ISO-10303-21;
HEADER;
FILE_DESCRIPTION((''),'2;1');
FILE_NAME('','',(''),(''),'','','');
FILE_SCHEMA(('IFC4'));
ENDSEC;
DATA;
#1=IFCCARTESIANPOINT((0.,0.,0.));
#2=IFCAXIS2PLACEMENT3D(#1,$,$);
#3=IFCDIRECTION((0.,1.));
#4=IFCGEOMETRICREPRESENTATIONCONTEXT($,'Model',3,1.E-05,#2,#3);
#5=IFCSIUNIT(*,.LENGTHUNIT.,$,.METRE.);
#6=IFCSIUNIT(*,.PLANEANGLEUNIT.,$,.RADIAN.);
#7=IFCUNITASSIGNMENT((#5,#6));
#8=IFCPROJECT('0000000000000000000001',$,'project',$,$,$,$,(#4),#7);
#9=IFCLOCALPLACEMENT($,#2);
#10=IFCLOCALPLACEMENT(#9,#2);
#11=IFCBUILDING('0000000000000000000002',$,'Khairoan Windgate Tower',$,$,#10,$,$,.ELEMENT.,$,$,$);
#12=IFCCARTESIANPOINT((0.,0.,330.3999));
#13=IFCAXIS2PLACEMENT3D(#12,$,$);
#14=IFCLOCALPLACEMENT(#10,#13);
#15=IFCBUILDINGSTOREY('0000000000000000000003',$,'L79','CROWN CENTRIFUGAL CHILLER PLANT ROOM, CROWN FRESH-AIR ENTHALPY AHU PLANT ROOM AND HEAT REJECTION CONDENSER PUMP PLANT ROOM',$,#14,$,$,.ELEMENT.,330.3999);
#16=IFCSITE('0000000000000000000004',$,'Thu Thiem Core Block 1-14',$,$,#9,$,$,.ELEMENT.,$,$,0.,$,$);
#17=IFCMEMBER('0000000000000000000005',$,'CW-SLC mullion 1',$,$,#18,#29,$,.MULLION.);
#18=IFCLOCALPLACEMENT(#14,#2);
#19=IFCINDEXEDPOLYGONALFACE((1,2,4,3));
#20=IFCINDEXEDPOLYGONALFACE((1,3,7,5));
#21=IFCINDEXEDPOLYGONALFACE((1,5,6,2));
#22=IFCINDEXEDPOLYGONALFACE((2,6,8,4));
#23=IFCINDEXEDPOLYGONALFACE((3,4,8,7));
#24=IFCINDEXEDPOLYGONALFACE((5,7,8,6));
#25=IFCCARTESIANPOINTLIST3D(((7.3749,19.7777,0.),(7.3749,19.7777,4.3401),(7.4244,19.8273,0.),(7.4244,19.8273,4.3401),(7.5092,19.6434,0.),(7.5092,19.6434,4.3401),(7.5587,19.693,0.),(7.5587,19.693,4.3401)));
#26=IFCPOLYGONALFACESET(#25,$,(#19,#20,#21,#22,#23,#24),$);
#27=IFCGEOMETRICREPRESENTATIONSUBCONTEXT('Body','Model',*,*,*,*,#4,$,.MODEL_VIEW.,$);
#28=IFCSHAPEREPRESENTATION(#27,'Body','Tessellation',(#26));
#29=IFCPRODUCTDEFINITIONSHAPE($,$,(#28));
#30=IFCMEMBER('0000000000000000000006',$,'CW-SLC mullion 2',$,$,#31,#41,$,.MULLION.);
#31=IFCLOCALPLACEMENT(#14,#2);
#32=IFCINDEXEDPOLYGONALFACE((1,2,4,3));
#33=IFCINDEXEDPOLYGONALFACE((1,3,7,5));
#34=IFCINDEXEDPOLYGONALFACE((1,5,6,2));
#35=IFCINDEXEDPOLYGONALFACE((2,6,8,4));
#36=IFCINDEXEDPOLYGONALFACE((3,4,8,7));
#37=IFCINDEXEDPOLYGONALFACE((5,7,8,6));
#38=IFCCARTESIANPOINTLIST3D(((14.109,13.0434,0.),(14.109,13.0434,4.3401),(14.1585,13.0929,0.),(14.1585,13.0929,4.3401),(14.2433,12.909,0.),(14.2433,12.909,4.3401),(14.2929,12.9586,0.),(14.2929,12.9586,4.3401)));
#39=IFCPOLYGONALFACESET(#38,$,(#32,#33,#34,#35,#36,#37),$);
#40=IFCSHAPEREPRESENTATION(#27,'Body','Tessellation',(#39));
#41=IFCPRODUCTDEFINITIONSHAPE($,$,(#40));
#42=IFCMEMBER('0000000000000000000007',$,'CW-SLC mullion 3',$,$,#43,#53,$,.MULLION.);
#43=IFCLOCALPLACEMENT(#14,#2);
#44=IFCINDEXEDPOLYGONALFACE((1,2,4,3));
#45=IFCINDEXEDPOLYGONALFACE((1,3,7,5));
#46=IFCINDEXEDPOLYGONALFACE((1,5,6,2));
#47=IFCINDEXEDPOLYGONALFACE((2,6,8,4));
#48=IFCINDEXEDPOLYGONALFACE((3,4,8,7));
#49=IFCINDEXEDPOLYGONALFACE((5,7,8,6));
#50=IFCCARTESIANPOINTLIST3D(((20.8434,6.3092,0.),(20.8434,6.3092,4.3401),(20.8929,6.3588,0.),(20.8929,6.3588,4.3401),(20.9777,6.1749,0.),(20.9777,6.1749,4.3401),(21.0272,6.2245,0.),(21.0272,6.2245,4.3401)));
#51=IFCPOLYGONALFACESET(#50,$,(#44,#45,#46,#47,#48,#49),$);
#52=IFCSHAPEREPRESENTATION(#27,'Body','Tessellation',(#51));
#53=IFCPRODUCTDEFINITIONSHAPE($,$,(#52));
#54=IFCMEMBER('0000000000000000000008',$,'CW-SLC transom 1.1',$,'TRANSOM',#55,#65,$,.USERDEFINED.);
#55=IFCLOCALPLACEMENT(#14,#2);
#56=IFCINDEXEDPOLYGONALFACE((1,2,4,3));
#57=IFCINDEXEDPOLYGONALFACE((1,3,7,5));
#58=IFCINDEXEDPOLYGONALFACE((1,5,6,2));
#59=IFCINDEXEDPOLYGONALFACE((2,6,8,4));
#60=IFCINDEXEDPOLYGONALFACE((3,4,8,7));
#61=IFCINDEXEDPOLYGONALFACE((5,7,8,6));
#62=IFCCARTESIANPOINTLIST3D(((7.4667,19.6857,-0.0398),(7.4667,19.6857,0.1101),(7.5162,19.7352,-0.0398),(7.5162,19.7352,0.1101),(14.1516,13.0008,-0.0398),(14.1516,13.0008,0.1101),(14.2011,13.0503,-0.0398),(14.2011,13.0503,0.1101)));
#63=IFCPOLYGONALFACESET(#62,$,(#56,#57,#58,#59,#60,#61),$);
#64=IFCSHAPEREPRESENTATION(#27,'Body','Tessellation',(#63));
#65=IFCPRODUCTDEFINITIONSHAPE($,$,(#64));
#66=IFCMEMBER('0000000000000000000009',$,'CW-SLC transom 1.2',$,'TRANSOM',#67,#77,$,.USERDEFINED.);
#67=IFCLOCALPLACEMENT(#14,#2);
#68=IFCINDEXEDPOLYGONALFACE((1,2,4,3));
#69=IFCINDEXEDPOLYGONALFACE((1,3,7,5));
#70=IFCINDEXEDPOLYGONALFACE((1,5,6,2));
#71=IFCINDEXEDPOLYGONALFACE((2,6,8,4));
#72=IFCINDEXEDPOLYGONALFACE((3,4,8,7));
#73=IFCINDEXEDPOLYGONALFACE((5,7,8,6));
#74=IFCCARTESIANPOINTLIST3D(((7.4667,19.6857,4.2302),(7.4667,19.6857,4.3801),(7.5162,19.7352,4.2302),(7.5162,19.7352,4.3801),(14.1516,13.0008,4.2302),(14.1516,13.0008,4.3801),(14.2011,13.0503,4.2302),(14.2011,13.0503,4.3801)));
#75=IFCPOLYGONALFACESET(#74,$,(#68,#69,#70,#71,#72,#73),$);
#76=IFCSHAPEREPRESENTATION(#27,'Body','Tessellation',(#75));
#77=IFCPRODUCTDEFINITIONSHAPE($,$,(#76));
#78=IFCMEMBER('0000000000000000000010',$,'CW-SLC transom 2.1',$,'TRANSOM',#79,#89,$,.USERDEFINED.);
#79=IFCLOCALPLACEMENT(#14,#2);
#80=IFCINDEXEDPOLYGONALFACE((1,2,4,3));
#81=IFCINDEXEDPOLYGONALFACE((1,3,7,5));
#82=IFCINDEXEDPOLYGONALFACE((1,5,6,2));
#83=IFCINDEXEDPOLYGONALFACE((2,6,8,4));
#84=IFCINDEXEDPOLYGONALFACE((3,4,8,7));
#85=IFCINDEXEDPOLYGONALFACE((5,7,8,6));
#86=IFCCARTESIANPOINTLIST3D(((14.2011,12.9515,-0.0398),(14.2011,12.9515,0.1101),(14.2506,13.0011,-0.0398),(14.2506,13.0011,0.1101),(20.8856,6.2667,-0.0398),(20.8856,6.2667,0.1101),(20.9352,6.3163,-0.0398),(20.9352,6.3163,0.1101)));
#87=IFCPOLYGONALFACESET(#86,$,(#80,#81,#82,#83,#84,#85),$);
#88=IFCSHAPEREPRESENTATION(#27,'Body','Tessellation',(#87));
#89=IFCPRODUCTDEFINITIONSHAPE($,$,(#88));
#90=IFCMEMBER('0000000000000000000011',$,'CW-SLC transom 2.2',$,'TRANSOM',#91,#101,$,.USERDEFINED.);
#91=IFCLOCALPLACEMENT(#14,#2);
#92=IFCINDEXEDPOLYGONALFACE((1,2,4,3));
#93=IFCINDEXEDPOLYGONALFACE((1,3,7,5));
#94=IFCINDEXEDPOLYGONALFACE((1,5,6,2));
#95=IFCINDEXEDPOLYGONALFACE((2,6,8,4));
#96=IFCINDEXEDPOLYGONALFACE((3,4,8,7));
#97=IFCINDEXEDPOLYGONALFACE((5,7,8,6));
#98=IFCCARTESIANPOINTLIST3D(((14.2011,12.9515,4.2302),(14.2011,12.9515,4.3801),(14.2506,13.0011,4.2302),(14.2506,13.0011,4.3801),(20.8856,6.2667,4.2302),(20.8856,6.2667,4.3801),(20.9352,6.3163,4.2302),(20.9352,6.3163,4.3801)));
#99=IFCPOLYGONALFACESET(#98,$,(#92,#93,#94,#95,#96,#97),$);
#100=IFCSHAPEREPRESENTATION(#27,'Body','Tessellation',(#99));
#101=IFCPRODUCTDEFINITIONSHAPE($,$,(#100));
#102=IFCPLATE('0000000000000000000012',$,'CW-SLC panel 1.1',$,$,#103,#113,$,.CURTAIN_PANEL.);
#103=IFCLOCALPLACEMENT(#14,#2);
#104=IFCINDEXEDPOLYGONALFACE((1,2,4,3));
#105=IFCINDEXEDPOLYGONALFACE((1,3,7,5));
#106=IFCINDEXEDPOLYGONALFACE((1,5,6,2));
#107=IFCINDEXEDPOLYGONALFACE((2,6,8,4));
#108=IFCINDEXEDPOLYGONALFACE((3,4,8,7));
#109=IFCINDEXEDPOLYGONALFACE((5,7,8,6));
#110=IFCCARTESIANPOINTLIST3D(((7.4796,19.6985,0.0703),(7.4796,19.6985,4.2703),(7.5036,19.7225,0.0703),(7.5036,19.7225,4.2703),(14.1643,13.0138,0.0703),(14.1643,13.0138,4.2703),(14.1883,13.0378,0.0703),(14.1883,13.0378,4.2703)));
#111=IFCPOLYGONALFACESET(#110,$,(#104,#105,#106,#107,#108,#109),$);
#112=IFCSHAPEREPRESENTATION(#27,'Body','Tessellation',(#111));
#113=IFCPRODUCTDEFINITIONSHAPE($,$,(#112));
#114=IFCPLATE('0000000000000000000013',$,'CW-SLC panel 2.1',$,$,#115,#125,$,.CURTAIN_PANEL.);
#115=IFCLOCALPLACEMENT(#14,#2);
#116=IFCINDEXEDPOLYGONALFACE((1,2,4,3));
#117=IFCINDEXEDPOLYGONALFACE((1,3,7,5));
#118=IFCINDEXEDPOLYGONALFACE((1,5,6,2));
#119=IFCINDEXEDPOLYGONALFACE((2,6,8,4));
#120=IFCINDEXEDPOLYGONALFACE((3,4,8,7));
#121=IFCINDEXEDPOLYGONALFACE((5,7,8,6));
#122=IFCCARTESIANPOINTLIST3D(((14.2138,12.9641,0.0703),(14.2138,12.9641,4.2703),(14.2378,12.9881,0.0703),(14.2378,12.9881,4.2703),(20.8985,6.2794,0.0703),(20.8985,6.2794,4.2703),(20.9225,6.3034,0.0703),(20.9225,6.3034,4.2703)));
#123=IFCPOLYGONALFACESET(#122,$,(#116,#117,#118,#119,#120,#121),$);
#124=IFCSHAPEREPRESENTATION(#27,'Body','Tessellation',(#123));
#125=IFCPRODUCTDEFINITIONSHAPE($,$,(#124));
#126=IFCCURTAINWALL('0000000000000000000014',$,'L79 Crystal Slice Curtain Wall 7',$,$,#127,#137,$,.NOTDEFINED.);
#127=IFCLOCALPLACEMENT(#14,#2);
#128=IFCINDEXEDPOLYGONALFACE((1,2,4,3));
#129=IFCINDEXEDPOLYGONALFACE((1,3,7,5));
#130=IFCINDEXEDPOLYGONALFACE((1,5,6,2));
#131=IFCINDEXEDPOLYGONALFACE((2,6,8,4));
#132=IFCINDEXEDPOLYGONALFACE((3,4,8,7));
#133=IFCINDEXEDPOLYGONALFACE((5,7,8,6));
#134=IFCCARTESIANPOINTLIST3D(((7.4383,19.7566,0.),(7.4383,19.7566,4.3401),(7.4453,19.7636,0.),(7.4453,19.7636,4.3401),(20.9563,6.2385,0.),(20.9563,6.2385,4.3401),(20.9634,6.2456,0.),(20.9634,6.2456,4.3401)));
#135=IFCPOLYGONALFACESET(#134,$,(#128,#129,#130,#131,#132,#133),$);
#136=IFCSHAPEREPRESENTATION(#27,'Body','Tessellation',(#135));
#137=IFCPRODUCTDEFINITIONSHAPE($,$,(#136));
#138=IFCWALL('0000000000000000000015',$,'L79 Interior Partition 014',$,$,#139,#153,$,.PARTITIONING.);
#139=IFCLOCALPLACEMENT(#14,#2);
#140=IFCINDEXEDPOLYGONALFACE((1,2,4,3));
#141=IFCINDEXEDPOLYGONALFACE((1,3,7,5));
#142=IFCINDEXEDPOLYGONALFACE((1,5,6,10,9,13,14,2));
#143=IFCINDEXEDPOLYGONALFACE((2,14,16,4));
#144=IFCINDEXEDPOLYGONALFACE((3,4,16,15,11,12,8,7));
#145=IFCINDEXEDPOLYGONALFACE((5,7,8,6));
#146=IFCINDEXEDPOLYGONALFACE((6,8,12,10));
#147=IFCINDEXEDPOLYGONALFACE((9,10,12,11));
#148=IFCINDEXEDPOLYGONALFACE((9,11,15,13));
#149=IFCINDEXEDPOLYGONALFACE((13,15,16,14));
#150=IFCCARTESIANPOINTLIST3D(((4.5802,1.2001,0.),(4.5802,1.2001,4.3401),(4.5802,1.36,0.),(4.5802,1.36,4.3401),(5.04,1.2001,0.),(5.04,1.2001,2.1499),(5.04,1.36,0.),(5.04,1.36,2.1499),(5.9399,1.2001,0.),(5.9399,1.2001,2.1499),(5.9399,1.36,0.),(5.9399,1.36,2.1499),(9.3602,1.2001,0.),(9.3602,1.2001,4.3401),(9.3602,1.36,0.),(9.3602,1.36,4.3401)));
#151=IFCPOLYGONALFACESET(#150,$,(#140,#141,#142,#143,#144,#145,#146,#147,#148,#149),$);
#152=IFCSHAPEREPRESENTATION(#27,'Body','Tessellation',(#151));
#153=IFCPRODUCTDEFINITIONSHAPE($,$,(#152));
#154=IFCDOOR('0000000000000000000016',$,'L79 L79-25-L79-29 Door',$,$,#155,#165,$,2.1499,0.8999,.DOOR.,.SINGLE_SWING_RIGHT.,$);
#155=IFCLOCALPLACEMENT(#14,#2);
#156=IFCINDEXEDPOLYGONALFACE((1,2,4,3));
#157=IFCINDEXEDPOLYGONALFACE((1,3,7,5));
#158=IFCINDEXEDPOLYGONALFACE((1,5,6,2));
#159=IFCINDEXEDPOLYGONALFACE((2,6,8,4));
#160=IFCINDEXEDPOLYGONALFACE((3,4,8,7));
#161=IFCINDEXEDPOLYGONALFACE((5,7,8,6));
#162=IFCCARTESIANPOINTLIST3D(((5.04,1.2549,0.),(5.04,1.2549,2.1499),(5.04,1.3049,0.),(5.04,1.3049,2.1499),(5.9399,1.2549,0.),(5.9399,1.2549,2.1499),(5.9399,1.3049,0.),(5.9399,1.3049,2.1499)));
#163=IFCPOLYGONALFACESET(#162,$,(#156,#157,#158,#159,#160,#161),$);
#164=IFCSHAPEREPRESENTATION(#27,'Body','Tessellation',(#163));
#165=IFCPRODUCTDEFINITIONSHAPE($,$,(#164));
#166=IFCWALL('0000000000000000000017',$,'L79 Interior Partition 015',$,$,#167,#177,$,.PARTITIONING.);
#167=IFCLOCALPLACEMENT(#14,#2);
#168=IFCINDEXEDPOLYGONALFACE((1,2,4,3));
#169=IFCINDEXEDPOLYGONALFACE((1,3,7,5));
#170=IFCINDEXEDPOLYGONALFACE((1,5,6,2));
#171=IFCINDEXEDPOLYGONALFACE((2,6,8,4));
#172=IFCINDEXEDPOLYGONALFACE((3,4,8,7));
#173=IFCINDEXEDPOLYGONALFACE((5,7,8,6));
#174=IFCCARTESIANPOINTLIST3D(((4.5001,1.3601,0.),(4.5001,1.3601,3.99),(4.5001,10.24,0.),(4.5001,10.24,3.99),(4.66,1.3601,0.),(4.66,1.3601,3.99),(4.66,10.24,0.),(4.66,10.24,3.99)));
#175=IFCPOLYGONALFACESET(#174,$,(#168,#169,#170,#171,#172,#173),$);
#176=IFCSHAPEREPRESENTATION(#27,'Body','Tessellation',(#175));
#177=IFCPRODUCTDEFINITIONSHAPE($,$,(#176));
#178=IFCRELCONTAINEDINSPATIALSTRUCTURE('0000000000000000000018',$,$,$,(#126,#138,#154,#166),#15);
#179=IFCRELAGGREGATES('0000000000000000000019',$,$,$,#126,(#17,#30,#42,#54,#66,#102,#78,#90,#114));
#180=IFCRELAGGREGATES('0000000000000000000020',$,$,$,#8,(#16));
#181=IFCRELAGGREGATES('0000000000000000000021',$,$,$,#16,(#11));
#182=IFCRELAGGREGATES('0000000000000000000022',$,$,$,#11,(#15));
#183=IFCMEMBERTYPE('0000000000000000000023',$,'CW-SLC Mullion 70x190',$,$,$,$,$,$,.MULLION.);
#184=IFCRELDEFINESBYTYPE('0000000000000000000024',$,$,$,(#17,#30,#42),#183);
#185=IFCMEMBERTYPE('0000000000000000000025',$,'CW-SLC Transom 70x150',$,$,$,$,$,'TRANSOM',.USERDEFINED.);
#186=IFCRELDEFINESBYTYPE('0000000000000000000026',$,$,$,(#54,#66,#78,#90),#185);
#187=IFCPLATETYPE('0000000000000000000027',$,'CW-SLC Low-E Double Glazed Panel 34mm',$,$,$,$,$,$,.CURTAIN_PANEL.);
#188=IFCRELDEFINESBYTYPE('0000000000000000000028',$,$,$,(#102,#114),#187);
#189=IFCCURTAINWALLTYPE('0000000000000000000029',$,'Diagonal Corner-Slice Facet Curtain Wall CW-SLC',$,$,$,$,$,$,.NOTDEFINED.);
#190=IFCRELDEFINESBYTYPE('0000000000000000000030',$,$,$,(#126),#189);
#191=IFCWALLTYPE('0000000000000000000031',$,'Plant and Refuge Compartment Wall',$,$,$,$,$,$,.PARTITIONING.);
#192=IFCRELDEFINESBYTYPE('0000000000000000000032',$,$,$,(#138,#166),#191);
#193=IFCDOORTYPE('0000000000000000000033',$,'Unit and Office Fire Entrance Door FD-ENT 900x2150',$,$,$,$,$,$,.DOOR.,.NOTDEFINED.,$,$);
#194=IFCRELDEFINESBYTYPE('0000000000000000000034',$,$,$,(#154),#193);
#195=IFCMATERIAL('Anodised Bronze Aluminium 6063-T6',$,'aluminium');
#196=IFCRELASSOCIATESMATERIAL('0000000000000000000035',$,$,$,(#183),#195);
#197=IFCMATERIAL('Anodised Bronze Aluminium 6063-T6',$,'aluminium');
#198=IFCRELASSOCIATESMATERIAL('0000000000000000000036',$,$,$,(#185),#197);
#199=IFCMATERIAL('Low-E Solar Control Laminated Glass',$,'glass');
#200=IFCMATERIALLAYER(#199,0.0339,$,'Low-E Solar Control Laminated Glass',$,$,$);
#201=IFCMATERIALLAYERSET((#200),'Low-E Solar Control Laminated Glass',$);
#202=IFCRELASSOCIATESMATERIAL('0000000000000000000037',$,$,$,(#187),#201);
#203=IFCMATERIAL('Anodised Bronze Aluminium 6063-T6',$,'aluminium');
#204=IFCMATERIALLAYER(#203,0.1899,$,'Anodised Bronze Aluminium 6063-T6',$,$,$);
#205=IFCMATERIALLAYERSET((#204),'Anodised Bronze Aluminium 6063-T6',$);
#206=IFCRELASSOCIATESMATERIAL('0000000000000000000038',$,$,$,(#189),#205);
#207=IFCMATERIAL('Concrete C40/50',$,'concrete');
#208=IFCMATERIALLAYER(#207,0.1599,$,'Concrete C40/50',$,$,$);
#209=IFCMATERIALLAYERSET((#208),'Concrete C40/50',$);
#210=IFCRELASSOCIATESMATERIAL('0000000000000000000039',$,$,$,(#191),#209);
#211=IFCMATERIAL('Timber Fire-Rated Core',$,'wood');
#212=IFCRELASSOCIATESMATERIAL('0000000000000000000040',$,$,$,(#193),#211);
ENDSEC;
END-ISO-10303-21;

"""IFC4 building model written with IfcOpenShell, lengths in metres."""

from ifc_helpers import new_model, si_unit, direction, frame, frame_2d, origin, origin_2d, place, context, subcontext, project, spatial, rectangle, extrude, material, layer, layer_set, material_profile, profile_set, type_object, element, fill, aggregate, save


model = new_model("IFC4")

# Units and contexts
model_context = context("Model", 3, precision=1e-05, world=origin(), true_north=direction((0.0, 1.0)))
body_context = subcontext(model_context, "Body", "Model", "MODEL_VIEW")
ifc_project = project(units=[si_unit("LENGTHUNIT", "METRE"), si_unit("PLANEANGLEUNIT", "RADIAN")], contexts=[model_context])

# Site, building, storey
site_placement = place(None, origin())
site = spatial("IfcSite", under=ifc_project, at=site_placement, Name="Thu Thiem Core Block 1-14", CompositionType="ELEMENT", RefElevation=0.0)
building_placement = place(site_placement, origin())
building = spatial("IfcBuilding", under=site, at=building_placement, Name="Khairoan Windgate Tower", CompositionType="ELEMENT")
storey_placement = place(building_placement, frame((0.0, 0.0, 330.3999)))
storey = spatial("IfcBuildingStorey", under=building, at=storey_placement, Name="L79", Description="CROWN CENTRIFUGAL CHILLER PLANT ROOM, CROWN FRESH-AIR ENTHALPY AHU PLANT ROOM AND HEAT REJECTION CONDENSER PUMP PLANT ROOM", CompositionType="ELEMENT", Elevation=330.3999)

# Members
ifc_material_1 = material(Name="Anodised Bronze Aluminium 6063-T6", Category="aluminium")
ifc_material_profile_1 = material_profile(ifc_material_1, rectangle(XDim=0.0701, YDim=0.1899, at=origin_2d()))
ifc_profile_set_1 = profile_set([ifc_material_profile_1], Name="Anodised Bronze Aluminium 6063-T6")
member_type_1 = type_object("IfcMemberType", Name="CW-SLC Mullion 70x190", PredefinedType="MULLION", material=ifc_profile_set_1)
member_1_placement = place(storey_placement, frame((7.4668, 19.7354, 0.0), z_axis=(0.0, 0.0, 1.0), x_axis=(0.707107, 0.707107, 0.0)))
member_1 = element("IfcMember", 1, at=member_1_placement, type_object=member_type_1, Name="CW-SLC mullion 1", PredefinedType="MULLION", context=body_context, shape_type="SweptSolid", body=[
    extrude(rectangle(XDim=0.0701, YDim=0.1899, at=origin_2d()), origin(), (0.0, 0.0, 1.0), 4.3401),
])
member_2_placement = place(storey_placement, frame((14.2009, 13.001, 0.0), z_axis=(0.0, 0.0, 1.0), x_axis=(0.707107, 0.707107, 0.0)))
member_2 = element("IfcMember", 2, at=member_2_placement, type_object=member_type_1, Name="CW-SLC mullion 2", PredefinedType="MULLION", context=body_context, shape_type="SweptSolid", body=[
    extrude(rectangle(XDim=0.0701, YDim=0.1899, at=origin_2d()), origin(), (0.0, 0.0, 1.0), 4.3401),
])
member_3_placement = place(storey_placement, frame((20.9353, 6.2668, 0.0), z_axis=(0.0, 0.0, 1.0), x_axis=(0.707107, 0.707107, 0.0)))
member_3 = element("IfcMember", 3, at=member_3_placement, type_object=member_type_1, Name="CW-SLC mullion 3", PredefinedType="MULLION", context=body_context, shape_type="SweptSolid", body=[
    extrude(rectangle(XDim=0.0701, YDim=0.1899, at=origin_2d()), origin(), (0.0, 0.0, 1.0), 4.3401),
])
ifc_material_2 = material(Name="Anodised Bronze Aluminium 6063-T6", Category="aluminium")
ifc_material_profile_2 = material_profile(ifc_material_2, rectangle(XDim=0.0701, YDim=0.1499, at=origin_2d()))
ifc_profile_set_2 = profile_set([ifc_material_profile_2], Name="Anodised Bronze Aluminium 6063-T6")
member_type_2 = type_object("IfcMemberType", Name="CW-SLC Transom 70x150", ElementType="TRANSOM", PredefinedType="USERDEFINED", material=ifc_profile_set_2)
member_4_placement = place(storey_placement, frame((7.4915, 19.7104, 0.0352), z_axis=(0.707107, -0.707107, 0.0), x_axis=(0.707107, 0.707107, 0.0)))
member_4 = element("IfcMember", 4, at=member_4_placement, type_object=member_type_2, Name="CW-SLC transom 1.1", ObjectType="TRANSOM", PredefinedType="USERDEFINED", context=body_context, shape_type="SweptSolid", body=[
    extrude(rectangle(XDim=0.0701, YDim=0.1499, at=origin_2d()), origin(), (0.0, 0.0, 1.0), 9.4539),
])
member_5_placement = place(storey_placement, frame((7.4915, 19.7104, 4.3052), z_axis=(0.707107, -0.707107, 0.0), x_axis=(0.707107, 0.707107, 0.0)))
member_5 = element("IfcMember", 5, at=member_5_placement, type_object=member_type_2, Name="CW-SLC transom 1.2", ObjectType="TRANSOM", PredefinedType="USERDEFINED", context=body_context, shape_type="SweptSolid", body=[
    extrude(rectangle(XDim=0.0701, YDim=0.1499, at=origin_2d()), origin(), (0.0, 0.0, 1.0), 9.4539),
])
member_6_placement = place(storey_placement, frame((14.2258, 12.9763, 0.0352), z_axis=(0.707094, -0.70712, 0.0), x_axis=(0.70712, 0.707094, 0.0)))
member_6 = element("IfcMember", 6, at=member_6_placement, type_object=member_type_2, Name="CW-SLC transom 2.1", ObjectType="TRANSOM", PredefinedType="USERDEFINED", context=body_context, shape_type="SweptSolid", body=[
    extrude(rectangle(XDim=0.0701, YDim=0.1499, at=origin_2d()), origin(), (0.0, 0.0, 1.0), 9.4536),
])
member_7_placement = place(storey_placement, frame((14.2258, 12.9763, 4.3052), z_axis=(0.707094, -0.70712, 0.0), x_axis=(0.70712, 0.707094, 0.0)))
member_7 = element("IfcMember", 7, at=member_7_placement, type_object=member_type_2, Name="CW-SLC transom 2.2", ObjectType="TRANSOM", PredefinedType="USERDEFINED", context=body_context, shape_type="SweptSolid", body=[
    extrude(rectangle(XDim=0.0701, YDim=0.1499, at=origin_2d()), origin(), (0.0, 0.0, 1.0), 9.4536),
])

# Plates
ifc_material_3 = material(Name="Low-E Solar Control Laminated Glass", Category="glass")
ifc_layer_1 = layer(ifc_material_3, 0.0339, Name="Low-E Solar Control Laminated Glass")
ifc_layer_set_1 = layer_set([ifc_layer_1], Name="Low-E Solar Control Laminated Glass")
plate_type = type_object("IfcPlateType", Name="CW-SLC Low-E Double Glazed Panel 34mm", PredefinedType="CURTAIN_PANEL", material=ifc_layer_set_1)
plate_1_placement = place(storey_placement, frame((10.834, 16.3682, 0.0703), z_axis=(0.0, 0.0, 1.0), x_axis=(0.707107, -0.707107, 0.0)))
plate_1 = element("IfcPlate", 8, at=plate_1_placement, type_object=plate_type, Name="CW-SLC panel 1.1", PredefinedType="CURTAIN_PANEL", context=body_context, shape_type="SweptSolid", body=[
    extrude(rectangle(XDim=9.4536, YDim=0.0339, at=origin_2d()), origin(), (0.0, 0.0, 1.0), 4.2),
])
plate_2_placement = place(storey_placement, frame((17.5681, 9.6338, 0.0703), z_axis=(0.0, 0.0, 1.0), x_axis=(0.707107, -0.707107, 0.0)))
plate_2 = element("IfcPlate", 9, at=plate_2_placement, type_object=plate_type, Name="CW-SLC panel 2.1", PredefinedType="CURTAIN_PANEL", context=body_context, shape_type="SweptSolid", body=[
    extrude(rectangle(XDim=9.4536, YDim=0.0339, at=origin_2d()), origin(), (0.0, 0.0, 1.0), 4.2),
])

# Curtain wall
ifc_material_4 = material(Name="Anodised Bronze Aluminium 6063-T6", Category="aluminium")
ifc_layer_2 = layer(ifc_material_4, 0.1899, Name="Anodised Bronze Aluminium 6063-T6")
ifc_layer_set_2 = layer_set([ifc_layer_2], Name="Anodised Bronze Aluminium 6063-T6")
curtain_wall_type = type_object("IfcCurtainWallType", Name="Diagonal Corner-Slice Facet Curtain Wall CW-SLC", PredefinedType="NOTDEFINED", material=ifc_layer_set_2)
curtain_wall_placement = place(storey_placement, frame((7.4419, 19.76, 0.0), z_axis=(0.0, 0.0, 1.0), x_axis=(0.707107, -0.707107, 0.0)))
curtain_wall = element("IfcCurtainWall", 10, at=curtain_wall_placement, inside=storey, type_object=curtain_wall_type, Name="L79 Crystal Slice Curtain Wall 7", PredefinedType="NOTDEFINED", context=body_context, shape_type="SweptSolid", body=[
    extrude(rectangle(XDim=19.1174, YDim=0.01, at=frame_2d((9.5586, 0.0))), origin(), (0.0, 0.0, 1.0), 4.3401),
])
aggregate(curtain_wall, [member_1, member_2, member_3, member_4, member_5, plate_1, member_6, member_7, plate_2])

# Wall, opening, door
ifc_material_5 = material(Name="Concrete C40/50", Category="concrete")
ifc_layer_3 = layer(ifc_material_5, 0.1599, Name="Concrete C40/50")
ifc_layer_set_3 = layer_set([ifc_layer_3], Name="Concrete C40/50")
wall_type = type_object("IfcWallType", Name="Plant and Refuge Compartment Wall", PredefinedType="PARTITIONING", material=ifc_layer_set_3)
wall_1_placement = place(storey_placement, frame((4.5801, 1.28, 0.0), z_axis=(0.0, 0.0, 1.0), x_axis=(1.0, 0.0, 0.0)))
wall_1 = element("IfcWall", 11, at=wall_1_placement, inside=storey, type_object=wall_type, Name="L79 Interior Partition 014", PredefinedType="PARTITIONING", context=body_context, shape_type="SweptSolid", body=[
    extrude(rectangle(XDim=4.78, YDim=0.1599, at=frame_2d((2.3901, 0.0))), origin(), (0.0, 0.0, 1.0), 4.3401),
])
opening_placement = place(wall_1_placement, frame((0.46, 0.0, 0.0)))
opening = element("IfcOpeningElement", 12, at=opening_placement, cuts=wall_1, PredefinedType="OPENING", context=body_context, shape_type="SweptSolid", body=[
    extrude(rectangle(XDim=0.8999, YDim=2.1499, at=frame_2d((0.45, 1.075))), frame((0.0, 0.0898, 0.0), z_axis=(0.0, -1.0, 0.0), x_axis=(1.0, 0.0, 0.0)), (0.0, 0.0, 1.0), 0.1799),
])
ifc_material_6 = material(Name="Timber Fire-Rated Core", Category="wood")
door_type = type_object("IfcDoorType", Name="Unit and Office Fire Entrance Door FD-ENT 900x2150", OperationType="NOTDEFINED", PredefinedType="DOOR", material=ifc_material_6)
door_placement = place(opening_placement, origin())
door = element("IfcDoor", 13, at=door_placement, inside=storey, type_object=door_type, Name="L79 L79-25-L79-29 Door", OperationType="SINGLE_SWING_RIGHT", OverallHeight=2.1499, OverallWidth=0.8999, PredefinedType="DOOR", context=body_context, shape_type="SweptSolid", body=[
    extrude(rectangle(XDim=0.8999, YDim=2.1499, at=frame_2d((0.45, 1.075))), frame((0.0, 0.0249, 0.0), z_axis=(0.0, -1.0, 0.0), x_axis=(1.0, 0.0, 0.0)), (0.0, 0.0, 1.0), 0.05),
])
fill(opening, door)

# Wall
wall_2_placement = place(storey_placement, frame((4.5801, 1.3601, 0.0), z_axis=(0.0, 0.0, 1.0), x_axis=(0.0, 1.0, 0.0)))
element("IfcWall", 14, at=wall_2_placement, inside=storey, type_object=wall_type, Name="L79 Interior Partition 015", PredefinedType="PARTITIONING", context=body_context, shape_type="SweptSolid", body=[
    extrude(rectangle(XDim=8.8799, YDim=0.1599, at=frame_2d((4.4399, 0.0))), origin(), (0.0, 0.0, 1.0), 3.99),
])

save(model, "model.ifc")
